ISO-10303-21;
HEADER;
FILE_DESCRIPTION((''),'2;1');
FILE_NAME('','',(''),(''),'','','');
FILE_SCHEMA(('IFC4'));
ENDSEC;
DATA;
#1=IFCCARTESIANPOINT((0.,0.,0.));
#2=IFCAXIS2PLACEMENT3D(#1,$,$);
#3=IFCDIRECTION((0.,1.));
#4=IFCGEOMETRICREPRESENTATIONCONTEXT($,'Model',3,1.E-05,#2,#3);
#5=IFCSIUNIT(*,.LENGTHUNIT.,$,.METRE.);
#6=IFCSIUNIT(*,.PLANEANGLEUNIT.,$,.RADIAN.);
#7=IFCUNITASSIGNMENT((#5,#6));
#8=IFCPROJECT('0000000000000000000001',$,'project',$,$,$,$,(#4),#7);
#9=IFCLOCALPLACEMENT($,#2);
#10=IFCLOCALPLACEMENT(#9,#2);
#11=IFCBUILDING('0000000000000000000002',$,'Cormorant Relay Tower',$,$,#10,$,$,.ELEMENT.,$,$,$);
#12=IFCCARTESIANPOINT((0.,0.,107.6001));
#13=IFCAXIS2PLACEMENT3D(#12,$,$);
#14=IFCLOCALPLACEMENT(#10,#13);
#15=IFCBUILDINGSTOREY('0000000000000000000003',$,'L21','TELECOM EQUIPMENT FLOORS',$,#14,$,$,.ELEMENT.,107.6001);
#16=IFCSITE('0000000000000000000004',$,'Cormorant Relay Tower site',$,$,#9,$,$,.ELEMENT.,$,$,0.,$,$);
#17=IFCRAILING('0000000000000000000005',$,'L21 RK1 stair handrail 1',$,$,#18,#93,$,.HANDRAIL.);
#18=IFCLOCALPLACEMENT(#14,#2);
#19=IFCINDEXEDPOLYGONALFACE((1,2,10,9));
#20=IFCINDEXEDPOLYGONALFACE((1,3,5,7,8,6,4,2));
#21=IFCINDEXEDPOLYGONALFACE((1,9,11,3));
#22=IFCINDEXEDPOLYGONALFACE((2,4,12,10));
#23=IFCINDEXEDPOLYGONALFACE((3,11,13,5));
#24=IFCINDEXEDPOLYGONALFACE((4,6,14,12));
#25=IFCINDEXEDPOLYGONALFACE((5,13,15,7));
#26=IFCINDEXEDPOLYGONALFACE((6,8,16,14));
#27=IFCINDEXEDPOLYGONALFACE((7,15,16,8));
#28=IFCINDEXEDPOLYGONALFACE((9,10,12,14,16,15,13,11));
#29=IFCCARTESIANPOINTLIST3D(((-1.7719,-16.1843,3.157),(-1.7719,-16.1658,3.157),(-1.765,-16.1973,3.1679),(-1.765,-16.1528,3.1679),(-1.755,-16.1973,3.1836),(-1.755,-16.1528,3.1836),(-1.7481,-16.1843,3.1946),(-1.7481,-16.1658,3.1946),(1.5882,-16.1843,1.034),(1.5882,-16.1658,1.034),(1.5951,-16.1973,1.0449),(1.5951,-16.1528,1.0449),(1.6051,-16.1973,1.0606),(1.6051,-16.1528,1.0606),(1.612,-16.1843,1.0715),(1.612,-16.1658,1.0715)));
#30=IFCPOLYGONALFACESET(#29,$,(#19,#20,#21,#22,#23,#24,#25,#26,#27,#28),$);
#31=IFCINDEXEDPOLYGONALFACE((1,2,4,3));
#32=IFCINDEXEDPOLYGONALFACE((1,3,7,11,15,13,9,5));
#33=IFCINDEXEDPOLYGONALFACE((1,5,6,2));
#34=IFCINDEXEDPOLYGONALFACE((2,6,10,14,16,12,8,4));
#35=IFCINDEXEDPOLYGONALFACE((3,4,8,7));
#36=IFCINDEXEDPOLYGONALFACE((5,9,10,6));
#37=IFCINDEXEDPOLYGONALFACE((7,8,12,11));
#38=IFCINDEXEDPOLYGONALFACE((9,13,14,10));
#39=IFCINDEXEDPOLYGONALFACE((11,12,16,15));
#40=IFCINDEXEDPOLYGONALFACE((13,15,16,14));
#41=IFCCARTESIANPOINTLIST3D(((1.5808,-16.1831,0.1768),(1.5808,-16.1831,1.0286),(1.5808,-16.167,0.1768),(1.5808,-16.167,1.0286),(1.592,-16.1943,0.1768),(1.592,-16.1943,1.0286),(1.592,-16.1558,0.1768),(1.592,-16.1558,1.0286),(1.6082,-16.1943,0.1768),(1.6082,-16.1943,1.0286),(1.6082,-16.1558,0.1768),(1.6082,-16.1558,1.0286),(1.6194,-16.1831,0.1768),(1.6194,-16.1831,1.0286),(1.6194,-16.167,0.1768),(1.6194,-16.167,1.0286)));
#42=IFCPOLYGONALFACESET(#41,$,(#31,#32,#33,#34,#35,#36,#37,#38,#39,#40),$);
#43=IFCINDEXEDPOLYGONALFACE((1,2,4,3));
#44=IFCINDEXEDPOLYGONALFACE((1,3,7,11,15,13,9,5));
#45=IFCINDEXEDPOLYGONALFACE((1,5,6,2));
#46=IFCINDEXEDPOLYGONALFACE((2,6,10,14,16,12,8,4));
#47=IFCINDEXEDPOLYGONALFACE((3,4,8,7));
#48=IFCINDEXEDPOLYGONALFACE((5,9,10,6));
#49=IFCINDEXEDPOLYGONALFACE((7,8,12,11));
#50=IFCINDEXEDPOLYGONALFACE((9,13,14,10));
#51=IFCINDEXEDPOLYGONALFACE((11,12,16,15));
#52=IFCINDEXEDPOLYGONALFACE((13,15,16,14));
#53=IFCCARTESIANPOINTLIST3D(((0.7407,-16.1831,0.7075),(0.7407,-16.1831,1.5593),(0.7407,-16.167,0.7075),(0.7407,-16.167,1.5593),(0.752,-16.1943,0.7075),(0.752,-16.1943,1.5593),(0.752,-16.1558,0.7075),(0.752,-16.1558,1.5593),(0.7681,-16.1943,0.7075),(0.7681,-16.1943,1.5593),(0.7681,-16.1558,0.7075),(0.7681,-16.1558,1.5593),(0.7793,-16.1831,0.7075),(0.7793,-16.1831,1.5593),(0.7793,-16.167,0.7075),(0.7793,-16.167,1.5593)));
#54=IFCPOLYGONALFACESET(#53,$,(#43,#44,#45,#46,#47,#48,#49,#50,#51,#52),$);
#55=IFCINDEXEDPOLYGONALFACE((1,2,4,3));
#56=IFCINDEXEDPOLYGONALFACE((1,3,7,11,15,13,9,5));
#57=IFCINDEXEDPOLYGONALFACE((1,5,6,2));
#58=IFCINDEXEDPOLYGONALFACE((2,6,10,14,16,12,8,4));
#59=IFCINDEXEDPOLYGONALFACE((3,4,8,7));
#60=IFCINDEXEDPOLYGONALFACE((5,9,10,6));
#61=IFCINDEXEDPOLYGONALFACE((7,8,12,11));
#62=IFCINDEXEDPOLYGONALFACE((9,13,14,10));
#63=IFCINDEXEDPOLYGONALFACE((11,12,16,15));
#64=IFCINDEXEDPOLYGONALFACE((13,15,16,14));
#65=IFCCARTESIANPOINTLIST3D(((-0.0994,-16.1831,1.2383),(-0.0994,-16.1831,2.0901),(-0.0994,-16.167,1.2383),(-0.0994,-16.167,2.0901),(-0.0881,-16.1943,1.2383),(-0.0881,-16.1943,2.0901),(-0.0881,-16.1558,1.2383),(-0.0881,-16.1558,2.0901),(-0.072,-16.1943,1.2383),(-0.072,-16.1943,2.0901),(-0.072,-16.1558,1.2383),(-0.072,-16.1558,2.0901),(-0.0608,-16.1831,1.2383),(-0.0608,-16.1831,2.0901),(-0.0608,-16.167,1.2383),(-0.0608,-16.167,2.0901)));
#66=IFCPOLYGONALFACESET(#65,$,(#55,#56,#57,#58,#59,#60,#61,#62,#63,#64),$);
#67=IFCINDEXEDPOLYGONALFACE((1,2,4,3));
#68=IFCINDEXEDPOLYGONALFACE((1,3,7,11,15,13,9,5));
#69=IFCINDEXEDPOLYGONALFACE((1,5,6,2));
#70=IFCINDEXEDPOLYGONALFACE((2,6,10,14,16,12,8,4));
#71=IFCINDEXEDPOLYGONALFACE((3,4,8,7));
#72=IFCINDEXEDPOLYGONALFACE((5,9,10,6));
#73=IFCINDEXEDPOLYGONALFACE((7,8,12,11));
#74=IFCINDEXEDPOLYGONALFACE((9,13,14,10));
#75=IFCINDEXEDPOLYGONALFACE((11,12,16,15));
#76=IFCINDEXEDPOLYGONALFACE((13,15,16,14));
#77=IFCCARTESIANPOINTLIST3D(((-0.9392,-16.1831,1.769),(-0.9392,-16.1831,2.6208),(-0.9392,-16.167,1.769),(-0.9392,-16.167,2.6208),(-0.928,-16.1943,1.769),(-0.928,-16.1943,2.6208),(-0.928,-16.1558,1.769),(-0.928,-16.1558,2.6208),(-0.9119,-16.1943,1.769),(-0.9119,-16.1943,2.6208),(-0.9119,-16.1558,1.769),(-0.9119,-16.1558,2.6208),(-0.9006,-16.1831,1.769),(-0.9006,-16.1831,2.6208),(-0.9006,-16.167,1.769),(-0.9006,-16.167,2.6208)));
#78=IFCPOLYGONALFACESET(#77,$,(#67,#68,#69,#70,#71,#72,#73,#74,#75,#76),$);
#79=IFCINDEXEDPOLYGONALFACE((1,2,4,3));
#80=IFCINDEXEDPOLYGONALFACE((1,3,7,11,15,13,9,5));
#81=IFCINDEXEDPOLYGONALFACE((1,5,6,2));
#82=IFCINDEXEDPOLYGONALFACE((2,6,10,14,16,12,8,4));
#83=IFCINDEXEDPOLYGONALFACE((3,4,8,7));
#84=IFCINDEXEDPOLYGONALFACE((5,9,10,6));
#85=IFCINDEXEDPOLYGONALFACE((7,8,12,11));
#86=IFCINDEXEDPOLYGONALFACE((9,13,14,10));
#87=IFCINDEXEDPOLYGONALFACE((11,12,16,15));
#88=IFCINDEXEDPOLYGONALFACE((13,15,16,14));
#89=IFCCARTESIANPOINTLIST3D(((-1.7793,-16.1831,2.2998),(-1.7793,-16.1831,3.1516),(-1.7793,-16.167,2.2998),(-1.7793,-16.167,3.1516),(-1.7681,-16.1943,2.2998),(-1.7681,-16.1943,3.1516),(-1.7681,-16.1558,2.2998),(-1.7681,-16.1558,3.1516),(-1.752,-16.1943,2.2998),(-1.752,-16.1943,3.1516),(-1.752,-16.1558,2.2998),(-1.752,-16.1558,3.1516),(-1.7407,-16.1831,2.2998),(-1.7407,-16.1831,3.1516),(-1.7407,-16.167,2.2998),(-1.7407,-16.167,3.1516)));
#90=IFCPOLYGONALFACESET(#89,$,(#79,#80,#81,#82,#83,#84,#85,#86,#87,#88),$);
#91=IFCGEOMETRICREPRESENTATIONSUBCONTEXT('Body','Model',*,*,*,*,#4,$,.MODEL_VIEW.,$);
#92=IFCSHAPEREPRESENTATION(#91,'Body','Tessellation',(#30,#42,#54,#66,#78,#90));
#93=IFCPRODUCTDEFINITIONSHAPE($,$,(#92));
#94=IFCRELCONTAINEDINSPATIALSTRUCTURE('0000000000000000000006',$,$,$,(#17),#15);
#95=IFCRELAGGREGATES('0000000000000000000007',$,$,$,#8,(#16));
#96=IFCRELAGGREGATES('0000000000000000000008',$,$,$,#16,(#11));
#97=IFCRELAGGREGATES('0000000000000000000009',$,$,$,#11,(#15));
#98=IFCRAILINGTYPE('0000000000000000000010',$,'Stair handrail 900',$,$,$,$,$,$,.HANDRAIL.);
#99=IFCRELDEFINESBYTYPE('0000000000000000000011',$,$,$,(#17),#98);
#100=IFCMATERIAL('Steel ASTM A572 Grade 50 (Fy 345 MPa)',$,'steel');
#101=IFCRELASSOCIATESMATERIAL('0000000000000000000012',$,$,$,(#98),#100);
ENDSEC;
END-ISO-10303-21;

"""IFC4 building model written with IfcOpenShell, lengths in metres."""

from ifc_helpers import new_model, si_unit, direction, frame, origin, place, context, subcontext, project, spatial, polyline, outline, extrude, material, type_object, element, save


model = new_model("IFC4")

# Units and contexts
model_context = context("Model", 3, precision=1e-05, world=origin(), true_north=direction((0.0, 1.0)))
body_context = subcontext(model_context, "Body", "Model", "MODEL_VIEW")
ifc_project = project(units=[si_unit("LENGTHUNIT", "METRE"), si_unit("PLANEANGLEUNIT", "RADIAN")], contexts=[model_context])

# Site, building, storey
site_placement = place(None, origin())
site = spatial("IfcSite", under=ifc_project, at=site_placement, Name="Cormorant Relay Tower site", CompositionType="ELEMENT", RefElevation=0.0)
building_placement = place(site_placement, origin())
building = spatial("IfcBuilding", under=site, at=building_placement, Name="Cormorant Relay Tower", CompositionType="ELEMENT")
storey_placement = place(building_placement, frame((0.0, 0.0, 107.6001)))
storey = spatial("IfcBuildingStorey", under=building, at=storey_placement, Name="L21", Description="TELECOM EQUIPMENT FLOORS", CompositionType="ELEMENT", Elevation=107.6001)

# Railing
ifc_material_1 = material(Name="Steel ASTM A572 Grade 50 (Fy 345 MPa)", Category="steel")
railing_type_1 = type_object("IfcRailingType", Name="Stair handrail 900", PredefinedType="HANDRAIL", material=ifc_material_1)
railing_1_placement = place(storey_placement, frame((1.6001, -16.175, 0.1768)))
element("IfcRailing", 1, at=railing_1_placement, inside=storey, type_object=railing_type_1, Name="L21 RK1 stair handrail 1", PredefinedType="HANDRAIL", context=body_context, shape_type="SweptSolid", body=[
    extrude(outline(polyline([(0.0222, 0.0093), (0.0093, 0.0222), (-0.0093, 0.0222), (-0.0222, 0.0093), (-0.0222, -0.0093), (-0.0093, -0.0222), (0.0093, -0.0222), (0.0222, -0.0093), (0.0222, 0.0093)])), frame((0.0, 0.0, 0.876), z_axis=(-0.84539, 0.0, 0.53415), x_axis=(0.0, -1.0, 0.0)), (0.0, 0.0, 1.0), 3.9746),
    extrude(outline(polyline([(0.0193, 0.0081), (0.0081, 0.0193), (-0.0081, 0.0193), (-0.0193, 0.0081), (-0.0193, -0.0081), (-0.0081, -0.0193), (0.0081, -0.0193), (0.0193, -0.0081), (0.0193, 0.0081)])), origin(), (0.0, 0.0, 1.0), 0.8518),
    extrude(outline(polyline([(0.0193, 0.0081), (0.0081, 0.0193), (-0.0081, 0.0193), (-0.0193, 0.0081), (-0.0193, -0.0081), (-0.0081, -0.0193), (0.0081, -0.0193), (0.0193, -0.0081), (0.0193, 0.0081)])), frame((-0.8401, 0.0, 0.5308)), (0.0, 0.0, 1.0), 0.8518),
    extrude(outline(polyline([(0.0193, 0.0081), (0.0081, 0.0193), (-0.0081, 0.0193), (-0.0193, 0.0081), (-0.0193, -0.0081), (-0.0081, -0.0193), (0.0081, -0.0193), (0.0193, -0.0081), (0.0193, 0.0081)])), frame((-1.6802, 0.0, 1.0615)), (0.0, 0.0, 1.0), 0.8518),
    extrude(outline(polyline([(0.0193, 0.0081), (0.0081, 0.0193), (-0.0081, 0.0193), (-0.0193, 0.0081), (-0.0193, -0.0081), (-0.0081, -0.0193), (0.0081, -0.0193), (0.0193, -0.0081), (0.0193, 0.0081)])), frame((-2.52, 0.0, 1.5923)), (0.0, 0.0, 1.0), 0.8518),
    extrude(outline(polyline([(0.0193, 0.0081), (0.0081, 0.0193), (-0.0081, 0.0193), (-0.0193, 0.0081), (-0.0193, -0.0081), (-0.0081, -0.0193), (0.0081, -0.0193), (0.0193, -0.0081), (0.0193, 0.0081)])), frame((-3.3601, 0.0, 2.123)), (0.0, 0.0, 1.0), 0.8518),
])

save(model, "model.ifc")
